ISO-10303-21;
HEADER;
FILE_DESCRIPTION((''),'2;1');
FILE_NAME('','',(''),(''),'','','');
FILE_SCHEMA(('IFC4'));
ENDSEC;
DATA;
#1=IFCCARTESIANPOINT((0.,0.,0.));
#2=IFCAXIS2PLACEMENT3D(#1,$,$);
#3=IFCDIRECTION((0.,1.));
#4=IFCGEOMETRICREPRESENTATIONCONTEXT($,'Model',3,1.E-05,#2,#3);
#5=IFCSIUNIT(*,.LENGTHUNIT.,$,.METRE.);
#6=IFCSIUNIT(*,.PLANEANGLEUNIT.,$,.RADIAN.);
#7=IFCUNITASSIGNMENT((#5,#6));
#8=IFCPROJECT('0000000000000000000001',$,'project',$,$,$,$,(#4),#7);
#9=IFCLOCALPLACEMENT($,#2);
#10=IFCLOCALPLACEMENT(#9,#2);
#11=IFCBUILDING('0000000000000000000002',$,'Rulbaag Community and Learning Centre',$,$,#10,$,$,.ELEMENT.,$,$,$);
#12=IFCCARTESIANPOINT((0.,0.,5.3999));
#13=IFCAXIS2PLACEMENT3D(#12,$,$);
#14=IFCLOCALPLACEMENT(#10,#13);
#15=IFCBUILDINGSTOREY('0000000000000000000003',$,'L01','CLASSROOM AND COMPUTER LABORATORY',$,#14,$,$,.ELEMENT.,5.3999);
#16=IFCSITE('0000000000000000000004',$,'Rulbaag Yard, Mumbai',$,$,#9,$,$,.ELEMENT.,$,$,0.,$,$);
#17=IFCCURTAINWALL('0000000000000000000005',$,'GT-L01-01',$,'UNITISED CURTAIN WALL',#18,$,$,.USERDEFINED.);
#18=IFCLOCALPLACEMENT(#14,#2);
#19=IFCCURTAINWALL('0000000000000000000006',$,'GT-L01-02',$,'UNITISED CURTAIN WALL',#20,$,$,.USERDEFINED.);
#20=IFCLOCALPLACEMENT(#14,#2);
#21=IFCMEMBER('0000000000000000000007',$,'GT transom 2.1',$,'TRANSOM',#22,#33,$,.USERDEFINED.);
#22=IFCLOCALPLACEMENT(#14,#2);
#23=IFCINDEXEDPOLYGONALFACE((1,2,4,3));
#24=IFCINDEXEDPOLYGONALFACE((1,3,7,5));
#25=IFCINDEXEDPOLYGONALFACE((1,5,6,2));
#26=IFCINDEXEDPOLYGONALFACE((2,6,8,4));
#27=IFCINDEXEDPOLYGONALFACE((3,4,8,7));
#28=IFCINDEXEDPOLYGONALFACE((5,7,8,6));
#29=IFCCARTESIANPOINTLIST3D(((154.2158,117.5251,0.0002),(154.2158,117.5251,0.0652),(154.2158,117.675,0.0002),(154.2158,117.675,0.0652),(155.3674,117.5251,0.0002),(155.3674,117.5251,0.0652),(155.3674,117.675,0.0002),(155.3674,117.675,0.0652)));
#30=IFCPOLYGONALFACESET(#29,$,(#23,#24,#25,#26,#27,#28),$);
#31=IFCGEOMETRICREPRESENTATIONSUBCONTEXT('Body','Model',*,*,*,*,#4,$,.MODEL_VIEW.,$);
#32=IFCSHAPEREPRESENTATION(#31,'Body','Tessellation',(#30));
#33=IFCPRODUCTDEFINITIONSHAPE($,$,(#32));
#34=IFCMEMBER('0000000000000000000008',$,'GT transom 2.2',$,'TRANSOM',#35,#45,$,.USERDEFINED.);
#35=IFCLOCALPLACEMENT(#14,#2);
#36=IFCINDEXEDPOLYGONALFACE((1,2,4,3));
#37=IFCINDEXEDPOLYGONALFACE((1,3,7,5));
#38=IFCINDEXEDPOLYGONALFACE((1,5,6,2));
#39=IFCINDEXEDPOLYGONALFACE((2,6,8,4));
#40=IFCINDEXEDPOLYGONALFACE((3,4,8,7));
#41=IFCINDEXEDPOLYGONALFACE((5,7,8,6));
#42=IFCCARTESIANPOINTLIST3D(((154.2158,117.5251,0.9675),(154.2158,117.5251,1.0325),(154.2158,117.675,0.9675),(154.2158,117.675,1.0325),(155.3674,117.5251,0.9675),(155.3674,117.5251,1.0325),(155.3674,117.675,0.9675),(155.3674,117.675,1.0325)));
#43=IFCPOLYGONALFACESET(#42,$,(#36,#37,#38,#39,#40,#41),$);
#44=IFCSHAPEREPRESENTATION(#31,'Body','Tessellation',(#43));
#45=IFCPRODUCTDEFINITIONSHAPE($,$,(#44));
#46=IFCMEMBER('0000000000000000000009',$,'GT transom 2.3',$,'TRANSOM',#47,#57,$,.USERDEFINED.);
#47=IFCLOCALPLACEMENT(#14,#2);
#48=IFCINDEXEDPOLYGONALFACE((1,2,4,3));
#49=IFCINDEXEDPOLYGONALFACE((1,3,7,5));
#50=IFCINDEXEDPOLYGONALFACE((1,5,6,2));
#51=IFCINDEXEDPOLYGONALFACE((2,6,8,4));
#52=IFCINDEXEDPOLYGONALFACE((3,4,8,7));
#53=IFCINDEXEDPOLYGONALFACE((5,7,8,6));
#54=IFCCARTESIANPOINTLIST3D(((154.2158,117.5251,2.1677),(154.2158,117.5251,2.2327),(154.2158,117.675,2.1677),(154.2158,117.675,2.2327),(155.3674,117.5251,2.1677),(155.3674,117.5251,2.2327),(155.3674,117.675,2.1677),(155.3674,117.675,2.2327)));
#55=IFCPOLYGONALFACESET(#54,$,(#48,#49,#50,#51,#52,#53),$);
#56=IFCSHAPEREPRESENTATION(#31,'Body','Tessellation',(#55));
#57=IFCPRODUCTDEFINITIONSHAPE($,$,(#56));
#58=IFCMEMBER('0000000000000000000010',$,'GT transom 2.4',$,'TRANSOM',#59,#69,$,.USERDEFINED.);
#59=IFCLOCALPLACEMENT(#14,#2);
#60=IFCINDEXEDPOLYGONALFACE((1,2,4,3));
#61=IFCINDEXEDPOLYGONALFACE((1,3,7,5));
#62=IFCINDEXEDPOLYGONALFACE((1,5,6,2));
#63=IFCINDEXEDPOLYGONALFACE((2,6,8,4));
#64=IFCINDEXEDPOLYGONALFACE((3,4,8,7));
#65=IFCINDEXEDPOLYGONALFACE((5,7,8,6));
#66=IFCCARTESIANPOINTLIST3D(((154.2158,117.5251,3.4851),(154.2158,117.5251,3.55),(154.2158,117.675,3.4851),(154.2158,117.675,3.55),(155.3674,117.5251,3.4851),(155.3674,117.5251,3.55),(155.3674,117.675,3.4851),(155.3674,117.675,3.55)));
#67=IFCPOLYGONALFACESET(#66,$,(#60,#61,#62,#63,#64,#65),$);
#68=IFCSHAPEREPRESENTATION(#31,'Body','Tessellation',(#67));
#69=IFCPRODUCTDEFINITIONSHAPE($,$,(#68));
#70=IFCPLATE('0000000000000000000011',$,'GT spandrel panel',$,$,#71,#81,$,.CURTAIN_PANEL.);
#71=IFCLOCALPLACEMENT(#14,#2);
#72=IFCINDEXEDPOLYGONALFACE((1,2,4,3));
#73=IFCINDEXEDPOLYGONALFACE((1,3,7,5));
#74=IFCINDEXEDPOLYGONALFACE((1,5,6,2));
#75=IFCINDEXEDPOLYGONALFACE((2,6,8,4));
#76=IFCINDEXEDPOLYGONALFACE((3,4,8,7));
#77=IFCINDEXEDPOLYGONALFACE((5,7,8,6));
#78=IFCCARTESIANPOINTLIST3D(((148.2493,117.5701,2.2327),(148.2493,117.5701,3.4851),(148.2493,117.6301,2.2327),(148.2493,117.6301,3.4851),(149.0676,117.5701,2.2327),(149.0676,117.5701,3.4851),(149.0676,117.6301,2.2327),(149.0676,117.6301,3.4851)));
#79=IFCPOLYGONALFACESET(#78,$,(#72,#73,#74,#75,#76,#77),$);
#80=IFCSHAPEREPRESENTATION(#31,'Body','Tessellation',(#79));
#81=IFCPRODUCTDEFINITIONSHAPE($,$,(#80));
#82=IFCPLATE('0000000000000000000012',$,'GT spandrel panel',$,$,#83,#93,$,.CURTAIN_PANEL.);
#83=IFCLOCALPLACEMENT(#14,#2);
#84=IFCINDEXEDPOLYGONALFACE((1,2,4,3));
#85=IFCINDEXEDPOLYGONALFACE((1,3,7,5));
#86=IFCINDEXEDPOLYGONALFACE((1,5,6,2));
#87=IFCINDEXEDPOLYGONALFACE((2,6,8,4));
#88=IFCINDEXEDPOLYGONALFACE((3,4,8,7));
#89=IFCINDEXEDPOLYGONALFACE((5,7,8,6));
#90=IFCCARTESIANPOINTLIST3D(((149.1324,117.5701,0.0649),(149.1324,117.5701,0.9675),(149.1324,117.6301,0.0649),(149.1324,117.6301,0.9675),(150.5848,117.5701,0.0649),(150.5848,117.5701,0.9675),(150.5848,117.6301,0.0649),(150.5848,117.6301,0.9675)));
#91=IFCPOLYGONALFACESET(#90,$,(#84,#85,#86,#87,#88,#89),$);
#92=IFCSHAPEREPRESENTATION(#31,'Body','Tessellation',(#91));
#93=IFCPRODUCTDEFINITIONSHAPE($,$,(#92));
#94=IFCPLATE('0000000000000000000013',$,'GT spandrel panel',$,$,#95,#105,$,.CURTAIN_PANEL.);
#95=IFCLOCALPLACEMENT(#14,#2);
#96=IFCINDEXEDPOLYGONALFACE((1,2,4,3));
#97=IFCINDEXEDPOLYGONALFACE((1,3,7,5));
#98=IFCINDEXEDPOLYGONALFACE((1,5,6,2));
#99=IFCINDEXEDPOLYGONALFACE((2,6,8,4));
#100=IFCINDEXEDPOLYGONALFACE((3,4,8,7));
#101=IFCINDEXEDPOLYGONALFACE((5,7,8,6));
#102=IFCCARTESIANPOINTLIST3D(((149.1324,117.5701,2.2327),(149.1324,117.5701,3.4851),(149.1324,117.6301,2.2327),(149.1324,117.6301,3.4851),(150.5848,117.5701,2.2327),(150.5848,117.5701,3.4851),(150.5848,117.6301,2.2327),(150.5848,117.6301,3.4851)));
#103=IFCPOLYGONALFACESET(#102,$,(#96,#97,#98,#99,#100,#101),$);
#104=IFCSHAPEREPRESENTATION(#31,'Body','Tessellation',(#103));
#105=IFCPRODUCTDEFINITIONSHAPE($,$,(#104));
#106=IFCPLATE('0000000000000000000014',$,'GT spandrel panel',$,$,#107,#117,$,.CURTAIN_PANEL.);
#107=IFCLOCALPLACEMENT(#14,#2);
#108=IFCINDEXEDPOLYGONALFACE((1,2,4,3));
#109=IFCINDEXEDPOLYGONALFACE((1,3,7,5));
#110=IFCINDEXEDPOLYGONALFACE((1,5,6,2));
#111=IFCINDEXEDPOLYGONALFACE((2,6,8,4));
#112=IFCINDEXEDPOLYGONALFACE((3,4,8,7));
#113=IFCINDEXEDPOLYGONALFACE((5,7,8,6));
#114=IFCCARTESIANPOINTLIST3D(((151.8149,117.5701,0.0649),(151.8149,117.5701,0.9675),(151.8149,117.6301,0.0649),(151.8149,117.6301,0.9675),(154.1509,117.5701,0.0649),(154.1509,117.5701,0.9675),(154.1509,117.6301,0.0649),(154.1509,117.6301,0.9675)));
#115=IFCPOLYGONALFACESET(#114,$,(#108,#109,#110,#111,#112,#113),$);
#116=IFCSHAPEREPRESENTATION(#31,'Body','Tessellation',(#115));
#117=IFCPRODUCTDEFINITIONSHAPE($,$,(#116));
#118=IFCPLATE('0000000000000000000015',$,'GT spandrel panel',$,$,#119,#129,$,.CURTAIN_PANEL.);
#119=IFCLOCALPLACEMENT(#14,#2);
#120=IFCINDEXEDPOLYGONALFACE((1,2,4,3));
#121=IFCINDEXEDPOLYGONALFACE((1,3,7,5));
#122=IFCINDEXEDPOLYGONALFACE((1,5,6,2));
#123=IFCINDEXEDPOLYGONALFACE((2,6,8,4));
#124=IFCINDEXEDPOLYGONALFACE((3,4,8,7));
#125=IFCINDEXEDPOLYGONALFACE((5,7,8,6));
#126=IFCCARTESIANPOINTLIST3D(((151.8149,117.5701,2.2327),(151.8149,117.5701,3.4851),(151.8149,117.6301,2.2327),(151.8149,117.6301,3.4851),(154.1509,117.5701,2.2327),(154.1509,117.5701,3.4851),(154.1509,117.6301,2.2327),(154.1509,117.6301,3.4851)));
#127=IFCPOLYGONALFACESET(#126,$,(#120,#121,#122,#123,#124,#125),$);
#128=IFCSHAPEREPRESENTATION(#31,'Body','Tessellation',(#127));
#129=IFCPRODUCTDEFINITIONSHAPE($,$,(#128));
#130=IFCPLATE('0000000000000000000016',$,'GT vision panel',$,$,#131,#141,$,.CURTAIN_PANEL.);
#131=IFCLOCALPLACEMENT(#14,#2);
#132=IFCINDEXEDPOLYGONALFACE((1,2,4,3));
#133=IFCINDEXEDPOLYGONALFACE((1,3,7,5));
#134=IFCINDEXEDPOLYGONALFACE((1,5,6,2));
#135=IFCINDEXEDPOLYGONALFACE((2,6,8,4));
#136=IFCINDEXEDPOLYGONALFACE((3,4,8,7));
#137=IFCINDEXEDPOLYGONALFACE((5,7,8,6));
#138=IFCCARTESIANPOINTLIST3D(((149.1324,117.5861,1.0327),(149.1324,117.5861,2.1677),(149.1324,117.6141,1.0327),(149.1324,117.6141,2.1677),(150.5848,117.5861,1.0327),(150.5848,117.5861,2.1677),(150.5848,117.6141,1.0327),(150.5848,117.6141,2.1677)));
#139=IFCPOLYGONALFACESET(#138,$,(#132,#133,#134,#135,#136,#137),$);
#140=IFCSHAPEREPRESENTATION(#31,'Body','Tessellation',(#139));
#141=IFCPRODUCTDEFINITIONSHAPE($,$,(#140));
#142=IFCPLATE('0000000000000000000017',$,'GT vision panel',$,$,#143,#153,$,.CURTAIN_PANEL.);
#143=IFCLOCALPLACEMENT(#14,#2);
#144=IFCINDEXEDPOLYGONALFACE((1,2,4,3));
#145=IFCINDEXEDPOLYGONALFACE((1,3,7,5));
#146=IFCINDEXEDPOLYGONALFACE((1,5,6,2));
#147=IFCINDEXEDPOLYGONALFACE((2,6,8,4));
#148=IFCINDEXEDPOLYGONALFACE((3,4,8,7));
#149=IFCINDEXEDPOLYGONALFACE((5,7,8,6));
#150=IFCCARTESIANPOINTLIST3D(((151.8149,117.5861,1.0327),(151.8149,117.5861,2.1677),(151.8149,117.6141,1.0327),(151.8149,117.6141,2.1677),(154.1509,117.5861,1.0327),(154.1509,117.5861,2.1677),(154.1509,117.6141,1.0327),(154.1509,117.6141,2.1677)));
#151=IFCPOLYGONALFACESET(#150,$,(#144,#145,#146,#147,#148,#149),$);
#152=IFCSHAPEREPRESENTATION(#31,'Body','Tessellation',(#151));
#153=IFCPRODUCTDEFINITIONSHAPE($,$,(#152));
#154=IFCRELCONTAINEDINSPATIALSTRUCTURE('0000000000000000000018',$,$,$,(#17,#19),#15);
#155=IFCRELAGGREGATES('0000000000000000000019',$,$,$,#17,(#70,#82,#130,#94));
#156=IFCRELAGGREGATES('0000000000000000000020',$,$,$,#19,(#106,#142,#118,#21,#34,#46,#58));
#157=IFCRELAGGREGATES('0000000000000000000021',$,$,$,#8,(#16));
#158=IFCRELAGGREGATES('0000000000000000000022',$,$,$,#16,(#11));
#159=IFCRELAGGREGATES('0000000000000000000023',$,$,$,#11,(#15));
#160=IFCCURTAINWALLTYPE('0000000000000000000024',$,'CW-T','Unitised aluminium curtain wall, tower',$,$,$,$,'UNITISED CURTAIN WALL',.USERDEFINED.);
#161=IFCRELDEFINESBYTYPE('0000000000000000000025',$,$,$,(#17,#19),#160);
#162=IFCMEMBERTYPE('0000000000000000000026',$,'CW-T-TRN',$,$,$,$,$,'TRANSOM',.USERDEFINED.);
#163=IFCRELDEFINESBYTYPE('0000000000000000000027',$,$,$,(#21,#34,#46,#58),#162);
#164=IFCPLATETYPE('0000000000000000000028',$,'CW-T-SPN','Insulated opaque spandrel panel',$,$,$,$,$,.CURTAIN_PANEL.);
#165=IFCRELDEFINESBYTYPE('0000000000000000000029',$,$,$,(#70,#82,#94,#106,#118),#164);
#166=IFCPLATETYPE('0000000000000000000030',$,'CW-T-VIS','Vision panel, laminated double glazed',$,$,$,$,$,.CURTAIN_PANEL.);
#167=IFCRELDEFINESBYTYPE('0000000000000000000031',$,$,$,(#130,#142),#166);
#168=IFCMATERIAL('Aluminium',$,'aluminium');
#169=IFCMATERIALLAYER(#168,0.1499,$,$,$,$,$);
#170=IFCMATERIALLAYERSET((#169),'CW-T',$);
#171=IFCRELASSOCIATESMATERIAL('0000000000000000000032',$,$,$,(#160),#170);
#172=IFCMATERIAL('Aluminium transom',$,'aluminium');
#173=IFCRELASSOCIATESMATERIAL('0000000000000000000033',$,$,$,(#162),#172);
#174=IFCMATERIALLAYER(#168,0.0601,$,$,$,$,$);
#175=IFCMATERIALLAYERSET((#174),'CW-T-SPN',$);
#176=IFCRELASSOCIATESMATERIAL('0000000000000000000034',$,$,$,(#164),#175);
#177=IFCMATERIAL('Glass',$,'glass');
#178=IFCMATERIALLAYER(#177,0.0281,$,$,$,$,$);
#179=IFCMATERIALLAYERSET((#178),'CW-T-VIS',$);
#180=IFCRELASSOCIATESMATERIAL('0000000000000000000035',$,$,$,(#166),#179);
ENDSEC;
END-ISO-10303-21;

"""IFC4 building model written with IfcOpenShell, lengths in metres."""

from ifc_helpers import new_model, si_unit, direction, frame, origin, origin_2d, place, context, subcontext, project, spatial, rectangle, extrude, material, layer, layer_set, material_profile, profile_set, type_object, element, aggregate, save


model = new_model("IFC4")

# Units and contexts
model_context = context("Model", 3, precision=1e-05, world=origin(), true_north=direction((0.0, 1.0)))
body_context = subcontext(model_context, "Body", "Model", "MODEL_VIEW")
ifc_project = project(units=[si_unit("LENGTHUNIT", "METRE"), si_unit("PLANEANGLEUNIT", "RADIAN")], contexts=[model_context])

# Site, building, storey
site_placement = place(None, origin())
site = spatial("IfcSite", under=ifc_project, at=site_placement, Name="Rulbaag Yard, Mumbai", CompositionType="ELEMENT", RefElevation=0.0)
building_placement = place(site_placement, origin())
building = spatial("IfcBuilding", under=site, at=building_placement, Name="Rulbaag Community and Learning Centre", CompositionType="ELEMENT")
storey_placement = place(building_placement, frame((0.0, 0.0, 5.3999)))
storey = spatial("IfcBuildingStorey", under=building, at=storey_placement, Name="L01", Description="CLASSROOM AND COMPUTER LABORATORY", CompositionType="ELEMENT", Elevation=5.3999)

# Curtain walls
ifc_material_1 = material(Name="Aluminium", Category="aluminium")
ifc_layer_1 = layer(ifc_material_1, 0.1499)
ifc_layer_set_1 = layer_set([ifc_layer_1], Name="CW-T")
curtain_wall_type = type_object("IfcCurtainWallType", Name="CW-T", Description="Unitised aluminium curtain wall, tower", ElementType="UNITISED CURTAIN WALL", PredefinedType="USERDEFINED", material=ifc_layer_set_1)
curtain_wall_1_placement = place(storey_placement, origin())
curtain_wall_1 = element("IfcCurtainWall", 1, at=curtain_wall_1_placement, inside=storey, type_object=curtain_wall_type, Name="GT-L01-01", ObjectType="UNITISED CURTAIN WALL", PredefinedType="USERDEFINED")
curtain_wall_2_placement = place(storey_placement, origin())
curtain_wall_2 = element("IfcCurtainWall", 2, at=curtain_wall_2_placement, inside=storey, type_object=curtain_wall_type, Name="GT-L01-02", ObjectType="UNITISED CURTAIN WALL", PredefinedType="USERDEFINED")

# Members
ifc_material_2 = material(Name="Aluminium transom", Category="aluminium")
ifc_material_profile_1 = material_profile(ifc_material_2, rectangle(XDim=0.1499, YDim=0.0649, at=origin_2d()), Name="AL 65x150 T")
ifc_profile_set_1 = profile_set([ifc_material_profile_1], Name="Aluminium transom")
member_type_1 = type_object("IfcMemberType", Name="CW-T-TRN", ElementType="TRANSOM", PredefinedType="USERDEFINED", material=ifc_profile_set_1)
member_1_placement = place(storey_placement, frame((154.2158, 117.6001, 0.0327), z_axis=(1.0, 0.0, 0.0), x_axis=(0.0, 1.0, 0.0)))
member_1 = element("IfcMember", 3, at=member_1_placement, type_object=member_type_1, Name="GT transom 2.1", ObjectType="TRANSOM", PredefinedType="USERDEFINED", context=body_context, shape_type="SweptSolid", body=[
    extrude(rectangle(XDim=0.1499, YDim=0.0649, at=origin_2d()), origin(), (0.0, 0.0, 1.0), 1.1516),
])
member_2_placement = place(storey_placement, frame((154.2158, 117.6001, 1.0), z_axis=(1.0, 0.0, 0.0), x_axis=(0.0, 1.0, 0.0)))
member_2 = element("IfcMember", 4, at=member_2_placement, type_object=member_type_1, Name="GT transom 2.2", ObjectType="TRANSOM", PredefinedType="USERDEFINED", context=body_context, shape_type="SweptSolid", body=[
    extrude(rectangle(XDim=0.1499, YDim=0.0649, at=origin_2d()), origin(), (0.0, 0.0, 1.0), 1.1516),
])
member_3_placement = place(storey_placement, frame((154.2158, 117.6001, 2.2002), z_axis=(1.0, 0.0, 0.0), x_axis=(0.0, 1.0, 0.0)))
member_3 = element("IfcMember", 5, at=member_3_placement, type_object=member_type_1, Name="GT transom 2.3", ObjectType="TRANSOM", PredefinedType="USERDEFINED", context=body_context, shape_type="SweptSolid", body=[
    extrude(rectangle(XDim=0.1499, YDim=0.0649, at=origin_2d()), origin(), (0.0, 0.0, 1.0), 1.1516),
])
member_4_placement = place(storey_placement, frame((154.2158, 117.6001, 3.5176), z_axis=(1.0, 0.0, 0.0), x_axis=(0.0, 1.0, 0.0)))
member_4 = element("IfcMember", 6, at=member_4_placement, type_object=member_type_1, Name="GT transom 2.4", ObjectType="TRANSOM", PredefinedType="USERDEFINED", context=body_context, shape_type="SweptSolid", body=[
    extrude(rectangle(XDim=0.1499, YDim=0.0649, at=origin_2d()), origin(), (0.0, 0.0, 1.0), 1.1516),
])

# Plates
ifc_layer_2 = layer(ifc_material_1, 0.0601)
ifc_layer_set_2 = layer_set([ifc_layer_2], Name="CW-T-SPN")
plate_type_1 = type_object("IfcPlateType", Name="CW-T-SPN", Description="Insulated opaque spandrel panel", PredefinedType="CURTAIN_PANEL", material=ifc_layer_set_2)
plate_1_placement = place(storey_placement, frame((148.6584, 117.6001, 2.2327), z_axis=(0.0, 0.0, 1.0), x_axis=(1.0, 0.0, 0.0)))
plate_1 = element("IfcPlate", 7, at=plate_1_placement, type_object=plate_type_1, Name="GT spandrel panel", PredefinedType="CURTAIN_PANEL", context=body_context, shape_type="SweptSolid", body=[
    extrude(rectangle(XDim=0.8184, YDim=0.0601, at=origin_2d()), origin(), (0.0, 0.0, 1.0), 1.2524),
])
plate_2_placement = place(storey_placement, frame((149.8586, 117.6001, 0.0649), z_axis=(0.0, 0.0, 1.0), x_axis=(1.0, 0.0, 0.0)))
plate_2 = element("IfcPlate", 8, at=plate_2_placement, type_object=plate_type_1, Name="GT spandrel panel", PredefinedType="CURTAIN_PANEL", context=body_context, shape_type="SweptSolid", body=[
    extrude(rectangle(XDim=1.4524, YDim=0.0601, at=origin_2d()), origin(), (0.0, 0.0, 1.0), 0.9026),
])
plate_3_placement = place(storey_placement, frame((149.8586, 117.6001, 2.2327), z_axis=(0.0, 0.0, 1.0), x_axis=(1.0, 0.0, 0.0)))
plate_3 = element("IfcPlate", 9, at=plate_3_placement, type_object=plate_type_1, Name="GT spandrel panel", PredefinedType="CURTAIN_PANEL", context=body_context, shape_type="SweptSolid", body=[
    extrude(rectangle(XDim=1.4524, YDim=0.0601, at=origin_2d()), origin(), (0.0, 0.0, 1.0), 1.2524),
])
plate_4_placement = place(storey_placement, frame((152.9829, 117.6001, 0.0649), z_axis=(0.0, 0.0, 1.0), x_axis=(1.0, 0.0, 0.0)))
plate_4 = element("IfcPlate", 10, at=plate_4_placement, type_object=plate_type_1, Name="GT spandrel panel", PredefinedType="CURTAIN_PANEL", context=body_context, shape_type="SweptSolid", body=[
    extrude(rectangle(XDim=2.3359, YDim=0.0601, at=origin_2d()), origin(), (0.0, 0.0, 1.0), 0.9026),
])
plate_5_placement = place(storey_placement, frame((152.9829, 117.6001, 2.2327), z_axis=(0.0, 0.0, 1.0), x_axis=(1.0, 0.0, 0.0)))
plate_5 = element("IfcPlate", 11, at=plate_5_placement, type_object=plate_type_1, Name="GT spandrel panel", PredefinedType="CURTAIN_PANEL", context=body_context, shape_type="SweptSolid", body=[
    extrude(rectangle(XDim=2.3359, YDim=0.0601, at=origin_2d()), origin(), (0.0, 0.0, 1.0), 1.2524),
])
ifc_material_3 = material(Name="Glass", Category="glass")
ifc_layer_3 = layer(ifc_material_3, 0.0281)
ifc_layer_set_3 = layer_set([ifc_layer_3], Name="CW-T-VIS")
plate_type_2 = type_object("IfcPlateType", Name="CW-T-VIS", Description="Vision panel, laminated double glazed", PredefinedType="CURTAIN_PANEL", material=ifc_layer_set_3)
plate_6_placement = place(storey_placement, frame((149.8586, 117.6001, 1.0327), z_axis=(0.0, 0.0, 1.0), x_axis=(1.0, 0.0, 0.0)))
plate_6 = element("IfcPlate", 12, at=plate_6_placement, type_object=plate_type_2, Name="GT vision panel", PredefinedType="CURTAIN_PANEL", context=body_context, shape_type="SweptSolid", body=[
    extrude(rectangle(XDim=1.4524, YDim=0.0281, at=origin_2d()), origin(), (0.0, 0.0, 1.0), 1.135),
])
aggregate(curtain_wall_1, [plate_1, plate_2, plate_6, plate_3])
plate_7_placement = place(storey_placement, frame((152.9829, 117.6001, 1.0327), z_axis=(0.0, 0.0, 1.0), x_axis=(1.0, 0.0, 0.0)))
plate_7 = element("IfcPlate", 13, at=plate_7_placement, type_object=plate_type_2, Name="GT vision panel", PredefinedType="CURTAIN_PANEL", context=body_context, shape_type="SweptSolid", body=[
    extrude(rectangle(XDim=2.3359, YDim=0.0281, at=origin_2d()), origin(), (0.0, 0.0, 1.0), 1.135),
])
aggregate(curtain_wall_2, [plate_4, plate_7, plate_5, member_1, member_2, member_3, member_4])

save(model, "model.ifc")
